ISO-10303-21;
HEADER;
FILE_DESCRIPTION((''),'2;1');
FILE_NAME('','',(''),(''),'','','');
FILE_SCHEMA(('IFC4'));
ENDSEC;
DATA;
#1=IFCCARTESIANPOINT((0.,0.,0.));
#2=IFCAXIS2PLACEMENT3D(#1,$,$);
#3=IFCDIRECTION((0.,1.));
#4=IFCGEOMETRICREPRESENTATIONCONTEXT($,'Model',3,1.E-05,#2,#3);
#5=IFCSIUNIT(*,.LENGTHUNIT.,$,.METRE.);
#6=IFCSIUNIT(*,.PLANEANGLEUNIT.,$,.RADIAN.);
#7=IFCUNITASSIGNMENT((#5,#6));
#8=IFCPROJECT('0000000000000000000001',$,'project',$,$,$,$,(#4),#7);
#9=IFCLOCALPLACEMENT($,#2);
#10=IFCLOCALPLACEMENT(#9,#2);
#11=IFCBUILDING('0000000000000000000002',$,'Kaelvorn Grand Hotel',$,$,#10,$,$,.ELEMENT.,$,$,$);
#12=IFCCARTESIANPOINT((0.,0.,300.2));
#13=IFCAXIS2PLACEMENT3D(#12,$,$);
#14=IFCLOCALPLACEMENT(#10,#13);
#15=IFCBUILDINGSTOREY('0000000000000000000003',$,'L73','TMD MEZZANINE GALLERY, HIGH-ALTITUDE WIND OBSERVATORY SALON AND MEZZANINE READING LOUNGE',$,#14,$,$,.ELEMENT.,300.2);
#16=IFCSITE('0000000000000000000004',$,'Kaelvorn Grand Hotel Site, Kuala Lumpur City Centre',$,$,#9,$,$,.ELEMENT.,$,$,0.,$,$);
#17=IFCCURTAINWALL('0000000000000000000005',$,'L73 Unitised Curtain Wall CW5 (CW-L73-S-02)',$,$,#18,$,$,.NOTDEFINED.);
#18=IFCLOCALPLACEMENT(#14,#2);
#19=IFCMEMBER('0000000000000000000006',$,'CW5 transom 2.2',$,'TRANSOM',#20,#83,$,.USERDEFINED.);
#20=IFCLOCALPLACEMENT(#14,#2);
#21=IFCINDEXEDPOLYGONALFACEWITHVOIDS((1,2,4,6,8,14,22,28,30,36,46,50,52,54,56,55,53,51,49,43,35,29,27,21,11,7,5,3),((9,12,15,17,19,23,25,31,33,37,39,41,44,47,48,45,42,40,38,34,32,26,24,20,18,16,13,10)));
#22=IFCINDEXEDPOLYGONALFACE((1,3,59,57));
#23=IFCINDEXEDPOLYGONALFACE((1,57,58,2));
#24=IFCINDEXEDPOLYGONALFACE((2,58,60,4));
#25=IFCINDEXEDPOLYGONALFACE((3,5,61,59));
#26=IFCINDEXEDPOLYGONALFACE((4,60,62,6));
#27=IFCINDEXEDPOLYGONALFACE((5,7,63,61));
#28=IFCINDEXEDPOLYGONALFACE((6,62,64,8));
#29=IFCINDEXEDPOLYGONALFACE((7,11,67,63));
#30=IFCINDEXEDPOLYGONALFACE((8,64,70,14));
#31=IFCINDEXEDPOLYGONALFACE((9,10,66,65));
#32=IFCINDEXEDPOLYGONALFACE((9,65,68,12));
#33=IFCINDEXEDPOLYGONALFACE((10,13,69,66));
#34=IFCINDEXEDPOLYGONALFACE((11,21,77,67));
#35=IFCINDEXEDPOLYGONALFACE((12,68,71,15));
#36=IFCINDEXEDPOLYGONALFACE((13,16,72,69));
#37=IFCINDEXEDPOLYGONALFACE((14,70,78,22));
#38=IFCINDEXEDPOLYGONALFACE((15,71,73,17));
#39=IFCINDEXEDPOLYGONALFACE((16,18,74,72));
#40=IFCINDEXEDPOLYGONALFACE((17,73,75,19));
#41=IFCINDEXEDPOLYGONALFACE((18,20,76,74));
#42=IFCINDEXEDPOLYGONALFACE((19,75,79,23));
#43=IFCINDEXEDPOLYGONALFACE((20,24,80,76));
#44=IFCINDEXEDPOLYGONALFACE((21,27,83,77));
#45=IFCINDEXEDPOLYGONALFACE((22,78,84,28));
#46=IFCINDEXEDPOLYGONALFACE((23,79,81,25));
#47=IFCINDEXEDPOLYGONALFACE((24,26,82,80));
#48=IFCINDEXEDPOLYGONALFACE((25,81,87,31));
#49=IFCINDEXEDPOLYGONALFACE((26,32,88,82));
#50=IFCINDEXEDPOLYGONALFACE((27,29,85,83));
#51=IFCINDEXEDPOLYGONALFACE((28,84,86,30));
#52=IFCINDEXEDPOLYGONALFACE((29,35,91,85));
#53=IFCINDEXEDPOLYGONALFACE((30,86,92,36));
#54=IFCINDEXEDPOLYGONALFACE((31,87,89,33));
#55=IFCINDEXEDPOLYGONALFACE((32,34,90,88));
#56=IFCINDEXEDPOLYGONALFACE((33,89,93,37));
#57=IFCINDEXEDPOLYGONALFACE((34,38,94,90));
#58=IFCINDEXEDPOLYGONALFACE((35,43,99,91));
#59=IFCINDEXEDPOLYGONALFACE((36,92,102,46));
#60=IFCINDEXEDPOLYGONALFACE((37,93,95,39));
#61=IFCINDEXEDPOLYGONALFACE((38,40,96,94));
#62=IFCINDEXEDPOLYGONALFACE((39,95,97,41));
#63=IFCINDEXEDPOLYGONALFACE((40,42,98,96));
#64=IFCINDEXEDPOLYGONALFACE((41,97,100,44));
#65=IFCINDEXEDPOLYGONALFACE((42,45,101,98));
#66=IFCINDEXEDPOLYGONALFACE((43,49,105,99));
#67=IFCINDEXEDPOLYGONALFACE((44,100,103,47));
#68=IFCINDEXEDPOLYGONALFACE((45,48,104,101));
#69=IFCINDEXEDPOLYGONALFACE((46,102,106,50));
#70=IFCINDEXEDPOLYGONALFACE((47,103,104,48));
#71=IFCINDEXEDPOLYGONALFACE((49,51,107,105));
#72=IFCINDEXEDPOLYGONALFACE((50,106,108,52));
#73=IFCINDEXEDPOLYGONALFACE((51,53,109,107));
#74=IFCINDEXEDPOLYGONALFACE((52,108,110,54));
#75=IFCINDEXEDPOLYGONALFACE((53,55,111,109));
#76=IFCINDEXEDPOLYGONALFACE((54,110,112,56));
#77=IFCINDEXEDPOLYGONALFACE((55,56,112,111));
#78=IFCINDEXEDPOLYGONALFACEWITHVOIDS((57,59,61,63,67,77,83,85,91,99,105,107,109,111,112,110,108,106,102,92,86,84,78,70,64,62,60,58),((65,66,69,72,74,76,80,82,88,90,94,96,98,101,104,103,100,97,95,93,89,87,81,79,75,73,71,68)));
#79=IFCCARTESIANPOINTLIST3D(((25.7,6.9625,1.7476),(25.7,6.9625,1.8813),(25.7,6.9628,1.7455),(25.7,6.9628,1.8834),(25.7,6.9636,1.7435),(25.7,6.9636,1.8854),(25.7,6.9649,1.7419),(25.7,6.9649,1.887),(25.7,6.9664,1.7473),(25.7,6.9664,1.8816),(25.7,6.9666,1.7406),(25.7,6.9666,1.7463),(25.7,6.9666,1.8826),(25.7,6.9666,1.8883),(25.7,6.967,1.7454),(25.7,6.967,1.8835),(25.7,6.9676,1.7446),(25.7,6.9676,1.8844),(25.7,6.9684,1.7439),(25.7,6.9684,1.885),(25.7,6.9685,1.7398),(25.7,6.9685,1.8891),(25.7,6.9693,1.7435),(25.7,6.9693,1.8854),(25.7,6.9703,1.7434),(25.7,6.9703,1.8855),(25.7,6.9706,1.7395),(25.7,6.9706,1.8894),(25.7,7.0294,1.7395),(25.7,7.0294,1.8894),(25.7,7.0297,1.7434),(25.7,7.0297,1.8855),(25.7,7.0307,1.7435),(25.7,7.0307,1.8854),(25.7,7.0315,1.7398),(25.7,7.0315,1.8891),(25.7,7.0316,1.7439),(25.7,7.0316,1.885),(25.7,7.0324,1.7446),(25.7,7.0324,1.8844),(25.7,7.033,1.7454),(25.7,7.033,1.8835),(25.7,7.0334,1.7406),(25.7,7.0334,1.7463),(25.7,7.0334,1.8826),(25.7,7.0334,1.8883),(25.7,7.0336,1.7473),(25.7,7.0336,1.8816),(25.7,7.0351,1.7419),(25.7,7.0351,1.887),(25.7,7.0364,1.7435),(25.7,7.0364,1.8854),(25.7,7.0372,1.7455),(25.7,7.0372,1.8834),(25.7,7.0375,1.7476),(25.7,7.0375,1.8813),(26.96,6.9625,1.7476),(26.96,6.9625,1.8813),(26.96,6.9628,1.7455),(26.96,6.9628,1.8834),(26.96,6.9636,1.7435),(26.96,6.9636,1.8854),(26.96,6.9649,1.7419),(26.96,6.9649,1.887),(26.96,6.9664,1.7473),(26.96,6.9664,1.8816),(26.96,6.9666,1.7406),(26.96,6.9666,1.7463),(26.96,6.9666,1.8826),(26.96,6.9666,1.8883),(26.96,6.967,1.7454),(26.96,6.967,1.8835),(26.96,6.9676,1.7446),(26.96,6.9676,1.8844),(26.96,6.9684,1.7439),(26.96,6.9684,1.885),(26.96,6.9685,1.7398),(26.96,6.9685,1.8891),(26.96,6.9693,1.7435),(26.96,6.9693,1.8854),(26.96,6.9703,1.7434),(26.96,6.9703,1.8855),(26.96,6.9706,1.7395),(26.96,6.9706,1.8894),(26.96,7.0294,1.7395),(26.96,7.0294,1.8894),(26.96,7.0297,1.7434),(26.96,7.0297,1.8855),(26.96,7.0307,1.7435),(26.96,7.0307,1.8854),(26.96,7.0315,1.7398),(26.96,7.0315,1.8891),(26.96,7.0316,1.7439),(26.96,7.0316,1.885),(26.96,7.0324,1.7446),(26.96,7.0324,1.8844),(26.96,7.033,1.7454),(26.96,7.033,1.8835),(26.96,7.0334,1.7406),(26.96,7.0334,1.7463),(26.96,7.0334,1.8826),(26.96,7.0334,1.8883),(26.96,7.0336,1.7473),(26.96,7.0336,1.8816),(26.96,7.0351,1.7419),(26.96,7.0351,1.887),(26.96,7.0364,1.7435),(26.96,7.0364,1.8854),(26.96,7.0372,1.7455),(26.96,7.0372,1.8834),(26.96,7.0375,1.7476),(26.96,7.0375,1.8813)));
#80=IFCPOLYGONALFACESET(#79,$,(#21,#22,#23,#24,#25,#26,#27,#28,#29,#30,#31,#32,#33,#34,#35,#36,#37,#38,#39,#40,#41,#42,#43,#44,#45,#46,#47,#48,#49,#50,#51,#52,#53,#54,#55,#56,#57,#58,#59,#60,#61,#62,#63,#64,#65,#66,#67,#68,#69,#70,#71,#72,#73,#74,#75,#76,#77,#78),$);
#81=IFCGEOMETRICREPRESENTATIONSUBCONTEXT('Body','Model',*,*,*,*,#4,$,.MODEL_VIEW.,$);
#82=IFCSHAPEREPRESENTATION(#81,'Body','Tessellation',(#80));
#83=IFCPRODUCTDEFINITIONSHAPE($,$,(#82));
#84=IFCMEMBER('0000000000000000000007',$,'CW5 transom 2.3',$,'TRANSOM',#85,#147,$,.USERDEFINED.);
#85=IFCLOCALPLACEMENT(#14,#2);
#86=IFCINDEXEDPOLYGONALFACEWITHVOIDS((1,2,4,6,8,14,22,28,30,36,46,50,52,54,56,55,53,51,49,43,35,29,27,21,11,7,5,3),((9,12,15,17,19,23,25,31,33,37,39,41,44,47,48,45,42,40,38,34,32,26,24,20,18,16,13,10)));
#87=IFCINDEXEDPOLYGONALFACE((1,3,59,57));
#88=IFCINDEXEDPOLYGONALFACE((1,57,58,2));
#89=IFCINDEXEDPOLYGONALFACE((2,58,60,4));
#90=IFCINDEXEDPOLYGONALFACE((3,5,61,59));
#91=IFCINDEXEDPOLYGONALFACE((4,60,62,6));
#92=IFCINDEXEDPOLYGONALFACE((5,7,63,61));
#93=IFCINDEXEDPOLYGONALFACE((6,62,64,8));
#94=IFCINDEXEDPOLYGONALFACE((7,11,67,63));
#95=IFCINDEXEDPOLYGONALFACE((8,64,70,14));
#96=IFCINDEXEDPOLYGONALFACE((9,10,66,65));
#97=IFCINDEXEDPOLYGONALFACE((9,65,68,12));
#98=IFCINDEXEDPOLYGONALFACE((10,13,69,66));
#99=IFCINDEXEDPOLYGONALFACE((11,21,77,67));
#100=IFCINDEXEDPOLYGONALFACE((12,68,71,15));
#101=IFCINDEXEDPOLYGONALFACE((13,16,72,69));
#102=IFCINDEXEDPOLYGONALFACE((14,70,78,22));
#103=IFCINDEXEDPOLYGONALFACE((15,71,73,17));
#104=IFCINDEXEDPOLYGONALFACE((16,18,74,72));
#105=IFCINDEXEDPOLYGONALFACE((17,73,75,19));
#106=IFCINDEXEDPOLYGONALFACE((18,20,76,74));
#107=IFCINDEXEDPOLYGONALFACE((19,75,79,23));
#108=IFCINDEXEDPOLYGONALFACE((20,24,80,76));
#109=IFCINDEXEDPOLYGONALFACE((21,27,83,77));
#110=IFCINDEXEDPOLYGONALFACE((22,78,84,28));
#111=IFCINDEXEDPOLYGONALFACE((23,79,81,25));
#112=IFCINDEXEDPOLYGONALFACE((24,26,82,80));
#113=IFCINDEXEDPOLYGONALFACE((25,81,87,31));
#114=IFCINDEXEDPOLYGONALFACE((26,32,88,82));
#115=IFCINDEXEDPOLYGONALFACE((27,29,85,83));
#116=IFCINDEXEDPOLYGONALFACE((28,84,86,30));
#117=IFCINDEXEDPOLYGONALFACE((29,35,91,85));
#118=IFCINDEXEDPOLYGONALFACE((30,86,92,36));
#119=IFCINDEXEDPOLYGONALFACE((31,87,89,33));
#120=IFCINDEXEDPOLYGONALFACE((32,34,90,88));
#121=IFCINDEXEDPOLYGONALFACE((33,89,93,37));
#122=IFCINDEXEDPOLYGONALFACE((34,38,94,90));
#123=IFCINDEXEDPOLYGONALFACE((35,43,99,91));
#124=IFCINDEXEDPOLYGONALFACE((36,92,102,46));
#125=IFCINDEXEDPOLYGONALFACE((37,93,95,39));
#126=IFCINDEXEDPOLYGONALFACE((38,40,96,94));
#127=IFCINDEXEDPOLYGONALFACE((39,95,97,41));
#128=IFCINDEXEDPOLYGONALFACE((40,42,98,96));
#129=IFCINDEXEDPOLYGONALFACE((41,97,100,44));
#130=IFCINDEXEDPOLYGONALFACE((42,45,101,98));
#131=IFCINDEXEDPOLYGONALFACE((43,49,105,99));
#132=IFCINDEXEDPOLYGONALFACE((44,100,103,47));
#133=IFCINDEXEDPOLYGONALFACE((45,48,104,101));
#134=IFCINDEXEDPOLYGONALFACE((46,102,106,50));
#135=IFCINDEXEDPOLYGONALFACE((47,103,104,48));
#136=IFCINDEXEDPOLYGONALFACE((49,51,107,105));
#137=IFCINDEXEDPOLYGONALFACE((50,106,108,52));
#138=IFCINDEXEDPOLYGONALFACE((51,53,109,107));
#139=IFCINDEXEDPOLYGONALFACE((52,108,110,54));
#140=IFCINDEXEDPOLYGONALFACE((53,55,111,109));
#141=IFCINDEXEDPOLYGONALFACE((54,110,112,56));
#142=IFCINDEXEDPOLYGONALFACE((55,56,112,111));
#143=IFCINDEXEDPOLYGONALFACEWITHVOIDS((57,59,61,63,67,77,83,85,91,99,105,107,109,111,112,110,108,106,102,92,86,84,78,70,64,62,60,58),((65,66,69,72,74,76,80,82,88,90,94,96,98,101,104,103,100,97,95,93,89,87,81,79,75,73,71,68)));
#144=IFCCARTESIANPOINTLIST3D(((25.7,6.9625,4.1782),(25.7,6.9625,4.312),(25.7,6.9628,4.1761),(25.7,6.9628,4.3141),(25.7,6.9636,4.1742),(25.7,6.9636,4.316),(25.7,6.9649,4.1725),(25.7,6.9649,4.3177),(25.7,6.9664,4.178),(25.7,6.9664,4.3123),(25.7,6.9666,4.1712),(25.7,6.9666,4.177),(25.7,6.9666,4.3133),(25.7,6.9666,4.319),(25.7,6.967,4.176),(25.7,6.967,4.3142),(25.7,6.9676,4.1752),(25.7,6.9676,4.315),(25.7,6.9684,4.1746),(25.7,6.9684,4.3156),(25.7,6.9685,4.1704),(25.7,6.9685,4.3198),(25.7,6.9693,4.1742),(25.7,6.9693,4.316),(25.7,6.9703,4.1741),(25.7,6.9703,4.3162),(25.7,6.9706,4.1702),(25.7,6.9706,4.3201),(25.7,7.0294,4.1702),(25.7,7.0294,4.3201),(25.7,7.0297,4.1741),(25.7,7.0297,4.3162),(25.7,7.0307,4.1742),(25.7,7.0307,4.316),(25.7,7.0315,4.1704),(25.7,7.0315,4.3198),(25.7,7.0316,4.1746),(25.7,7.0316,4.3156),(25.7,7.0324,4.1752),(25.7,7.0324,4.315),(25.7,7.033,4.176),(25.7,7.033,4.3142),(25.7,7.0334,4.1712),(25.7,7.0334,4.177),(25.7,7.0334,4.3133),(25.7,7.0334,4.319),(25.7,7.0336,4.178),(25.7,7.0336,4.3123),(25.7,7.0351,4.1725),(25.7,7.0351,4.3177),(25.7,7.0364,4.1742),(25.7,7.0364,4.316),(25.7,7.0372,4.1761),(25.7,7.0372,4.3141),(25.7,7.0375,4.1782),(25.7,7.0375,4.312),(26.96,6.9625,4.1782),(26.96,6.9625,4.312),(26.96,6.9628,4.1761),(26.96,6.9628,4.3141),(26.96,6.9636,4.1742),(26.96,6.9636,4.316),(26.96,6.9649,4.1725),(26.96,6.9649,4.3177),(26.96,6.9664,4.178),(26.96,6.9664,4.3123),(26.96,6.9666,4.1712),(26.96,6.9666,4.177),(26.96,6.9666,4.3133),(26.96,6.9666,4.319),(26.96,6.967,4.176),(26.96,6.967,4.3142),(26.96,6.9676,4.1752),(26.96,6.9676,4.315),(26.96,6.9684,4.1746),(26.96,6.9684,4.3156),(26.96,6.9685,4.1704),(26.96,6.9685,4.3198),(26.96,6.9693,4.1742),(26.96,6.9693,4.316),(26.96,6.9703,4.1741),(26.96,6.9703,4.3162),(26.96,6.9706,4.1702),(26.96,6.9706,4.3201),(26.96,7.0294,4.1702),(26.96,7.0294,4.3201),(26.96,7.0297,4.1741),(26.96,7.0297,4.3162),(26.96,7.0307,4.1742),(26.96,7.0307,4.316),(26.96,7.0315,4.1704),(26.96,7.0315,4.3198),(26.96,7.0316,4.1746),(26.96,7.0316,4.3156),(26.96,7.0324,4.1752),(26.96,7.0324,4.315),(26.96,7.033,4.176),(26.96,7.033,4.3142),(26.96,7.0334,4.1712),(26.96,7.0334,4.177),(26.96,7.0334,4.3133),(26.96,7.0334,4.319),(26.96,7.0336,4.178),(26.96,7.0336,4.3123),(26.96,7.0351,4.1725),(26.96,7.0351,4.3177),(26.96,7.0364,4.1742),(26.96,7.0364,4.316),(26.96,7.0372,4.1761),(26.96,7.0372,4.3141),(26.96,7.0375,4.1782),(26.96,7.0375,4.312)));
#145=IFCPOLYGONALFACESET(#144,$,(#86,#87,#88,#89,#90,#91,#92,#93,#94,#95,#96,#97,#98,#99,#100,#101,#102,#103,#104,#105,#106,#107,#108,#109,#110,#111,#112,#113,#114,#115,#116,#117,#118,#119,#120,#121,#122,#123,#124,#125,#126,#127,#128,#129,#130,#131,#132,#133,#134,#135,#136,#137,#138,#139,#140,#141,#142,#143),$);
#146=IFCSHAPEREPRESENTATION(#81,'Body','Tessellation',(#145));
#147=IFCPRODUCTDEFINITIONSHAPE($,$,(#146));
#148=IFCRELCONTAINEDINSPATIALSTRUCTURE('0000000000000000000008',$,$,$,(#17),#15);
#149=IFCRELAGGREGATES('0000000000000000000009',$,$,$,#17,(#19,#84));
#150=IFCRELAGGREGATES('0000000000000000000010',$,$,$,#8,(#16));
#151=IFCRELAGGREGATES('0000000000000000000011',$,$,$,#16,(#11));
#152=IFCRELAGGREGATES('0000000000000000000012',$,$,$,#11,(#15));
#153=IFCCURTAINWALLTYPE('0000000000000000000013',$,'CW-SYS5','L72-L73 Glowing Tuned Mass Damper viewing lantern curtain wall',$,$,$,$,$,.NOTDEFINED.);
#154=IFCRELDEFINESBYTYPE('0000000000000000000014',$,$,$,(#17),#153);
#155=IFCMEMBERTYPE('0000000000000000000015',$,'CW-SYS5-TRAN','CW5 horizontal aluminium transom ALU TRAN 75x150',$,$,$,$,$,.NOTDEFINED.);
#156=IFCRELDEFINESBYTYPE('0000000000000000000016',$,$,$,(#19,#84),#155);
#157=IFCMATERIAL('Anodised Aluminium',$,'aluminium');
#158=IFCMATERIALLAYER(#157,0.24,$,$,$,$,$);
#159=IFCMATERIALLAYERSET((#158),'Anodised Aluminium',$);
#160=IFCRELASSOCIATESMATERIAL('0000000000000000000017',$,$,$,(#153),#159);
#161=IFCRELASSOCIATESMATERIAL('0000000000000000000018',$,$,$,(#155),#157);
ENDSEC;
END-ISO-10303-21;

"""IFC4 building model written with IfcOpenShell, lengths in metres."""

from ifc_helpers import new_model, si_unit, direction, frame, origin, origin_2d, place, context, subcontext, project, spatial, hollow_rectangle, extrude, material, layer, layer_set, material_profile, profile_set, type_object, element, aggregate, save


model = new_model("IFC4")

# Units and contexts
model_context = context("Model", 3, precision=1e-05, world=origin(), true_north=direction((0.0, 1.0)))
body_context = subcontext(model_context, "Body", "Model", "MODEL_VIEW")
ifc_project = project(units=[si_unit("LENGTHUNIT", "METRE"), si_unit("PLANEANGLEUNIT", "RADIAN")], contexts=[model_context])

# Site, building, storey
site_placement = place(None, origin())
site = spatial("IfcSite", under=ifc_project, at=site_placement, Name="Kaelvorn Grand Hotel Site, Kuala Lumpur City Centre", CompositionType="ELEMENT", RefElevation=0.0)
building_placement = place(site_placement, origin())
building = spatial("IfcBuilding", under=site, at=building_placement, Name="Kaelvorn Grand Hotel", CompositionType="ELEMENT")
storey_placement = place(building_placement, frame((0.0, 0.0, 300.2)))
storey = spatial("IfcBuildingStorey", under=building, at=storey_placement, Name="L73", Description="TMD MEZZANINE GALLERY, HIGH-ALTITUDE WIND OBSERVATORY SALON AND MEZZANINE READING LOUNGE", CompositionType="ELEMENT", Elevation=300.2)

# Curtain wall, members
ifc_material_1 = material(Name="Anodised Aluminium", Category="aluminium")
ifc_layer_1 = layer(ifc_material_1, 0.24)
ifc_layer_set_1 = layer_set([ifc_layer_1], Name="Anodised Aluminium")
curtain_wall_type = type_object("IfcCurtainWallType", Name="CW-SYS5", Description="L72-L73 Glowing Tuned Mass Damper viewing lantern curtain wall", PredefinedType="NOTDEFINED", material=ifc_layer_set_1)
curtain_wall_placement = place(storey_placement, origin())
curtain_wall = element("IfcCurtainWall", 1, at=curtain_wall_placement, inside=storey, type_object=curtain_wall_type, Name="L73 Unitised Curtain Wall CW5 (CW-L73-S-02)", PredefinedType="NOTDEFINED")
ifc_material_profile_1 = material_profile(ifc_material_1, hollow_rectangle(XDim=0.075, YDim=0.1499, WallThickness=0.0039, InnerFilletRadius=0.0039, OuterFilletRadius=0.0081, at=origin_2d()), Name="ALU TRAN 75x150")
ifc_profile_set_1 = profile_set([ifc_material_profile_1], Name="Anodised Aluminium")
member_type_1 = type_object("IfcMemberType", Name="CW-SYS5-TRAN", Description="CW5 horizontal aluminium transom ALU TRAN 75x150", PredefinedType="NOTDEFINED", material=ifc_profile_set_1)
member_1_placement = place(storey_placement, frame((25.7, 7.0, 1.8145), z_axis=(1.0, 0.0, 0.0), x_axis=(0.0, 1.0, 0.0)))
member_1 = element("IfcMember", 2, at=member_1_placement, type_object=member_type_1, Name="CW5 transom 2.2", ObjectType="TRANSOM", PredefinedType="USERDEFINED", context=body_context, shape_type="SweptSolid", body=[
    extrude(hollow_rectangle(XDim=0.075, YDim=0.1499, WallThickness=0.0039, InnerFilletRadius=0.0039, OuterFilletRadius=0.0081, at=origin_2d()), origin(), (0.0, 0.0, 1.0), 1.26),
])
member_2_placement = place(storey_placement, frame((25.7, 7.0, 4.2451), z_axis=(1.0, 0.0, 0.0), x_axis=(0.0, 1.0, 0.0)))
member_2 = element("IfcMember", 3, at=member_2_placement, type_object=member_type_1, Name="CW5 transom 2.3", ObjectType="TRANSOM", PredefinedType="USERDEFINED", context=body_context, shape_type="SweptSolid", body=[
    extrude(hollow_rectangle(XDim=0.075, YDim=0.1499, WallThickness=0.0039, InnerFilletRadius=0.0039, OuterFilletRadius=0.0081, at=origin_2d()), origin(), (0.0, 0.0, 1.0), 1.26),
])
aggregate(curtain_wall, [member_1, member_2])

save(model, "model.ifc")
